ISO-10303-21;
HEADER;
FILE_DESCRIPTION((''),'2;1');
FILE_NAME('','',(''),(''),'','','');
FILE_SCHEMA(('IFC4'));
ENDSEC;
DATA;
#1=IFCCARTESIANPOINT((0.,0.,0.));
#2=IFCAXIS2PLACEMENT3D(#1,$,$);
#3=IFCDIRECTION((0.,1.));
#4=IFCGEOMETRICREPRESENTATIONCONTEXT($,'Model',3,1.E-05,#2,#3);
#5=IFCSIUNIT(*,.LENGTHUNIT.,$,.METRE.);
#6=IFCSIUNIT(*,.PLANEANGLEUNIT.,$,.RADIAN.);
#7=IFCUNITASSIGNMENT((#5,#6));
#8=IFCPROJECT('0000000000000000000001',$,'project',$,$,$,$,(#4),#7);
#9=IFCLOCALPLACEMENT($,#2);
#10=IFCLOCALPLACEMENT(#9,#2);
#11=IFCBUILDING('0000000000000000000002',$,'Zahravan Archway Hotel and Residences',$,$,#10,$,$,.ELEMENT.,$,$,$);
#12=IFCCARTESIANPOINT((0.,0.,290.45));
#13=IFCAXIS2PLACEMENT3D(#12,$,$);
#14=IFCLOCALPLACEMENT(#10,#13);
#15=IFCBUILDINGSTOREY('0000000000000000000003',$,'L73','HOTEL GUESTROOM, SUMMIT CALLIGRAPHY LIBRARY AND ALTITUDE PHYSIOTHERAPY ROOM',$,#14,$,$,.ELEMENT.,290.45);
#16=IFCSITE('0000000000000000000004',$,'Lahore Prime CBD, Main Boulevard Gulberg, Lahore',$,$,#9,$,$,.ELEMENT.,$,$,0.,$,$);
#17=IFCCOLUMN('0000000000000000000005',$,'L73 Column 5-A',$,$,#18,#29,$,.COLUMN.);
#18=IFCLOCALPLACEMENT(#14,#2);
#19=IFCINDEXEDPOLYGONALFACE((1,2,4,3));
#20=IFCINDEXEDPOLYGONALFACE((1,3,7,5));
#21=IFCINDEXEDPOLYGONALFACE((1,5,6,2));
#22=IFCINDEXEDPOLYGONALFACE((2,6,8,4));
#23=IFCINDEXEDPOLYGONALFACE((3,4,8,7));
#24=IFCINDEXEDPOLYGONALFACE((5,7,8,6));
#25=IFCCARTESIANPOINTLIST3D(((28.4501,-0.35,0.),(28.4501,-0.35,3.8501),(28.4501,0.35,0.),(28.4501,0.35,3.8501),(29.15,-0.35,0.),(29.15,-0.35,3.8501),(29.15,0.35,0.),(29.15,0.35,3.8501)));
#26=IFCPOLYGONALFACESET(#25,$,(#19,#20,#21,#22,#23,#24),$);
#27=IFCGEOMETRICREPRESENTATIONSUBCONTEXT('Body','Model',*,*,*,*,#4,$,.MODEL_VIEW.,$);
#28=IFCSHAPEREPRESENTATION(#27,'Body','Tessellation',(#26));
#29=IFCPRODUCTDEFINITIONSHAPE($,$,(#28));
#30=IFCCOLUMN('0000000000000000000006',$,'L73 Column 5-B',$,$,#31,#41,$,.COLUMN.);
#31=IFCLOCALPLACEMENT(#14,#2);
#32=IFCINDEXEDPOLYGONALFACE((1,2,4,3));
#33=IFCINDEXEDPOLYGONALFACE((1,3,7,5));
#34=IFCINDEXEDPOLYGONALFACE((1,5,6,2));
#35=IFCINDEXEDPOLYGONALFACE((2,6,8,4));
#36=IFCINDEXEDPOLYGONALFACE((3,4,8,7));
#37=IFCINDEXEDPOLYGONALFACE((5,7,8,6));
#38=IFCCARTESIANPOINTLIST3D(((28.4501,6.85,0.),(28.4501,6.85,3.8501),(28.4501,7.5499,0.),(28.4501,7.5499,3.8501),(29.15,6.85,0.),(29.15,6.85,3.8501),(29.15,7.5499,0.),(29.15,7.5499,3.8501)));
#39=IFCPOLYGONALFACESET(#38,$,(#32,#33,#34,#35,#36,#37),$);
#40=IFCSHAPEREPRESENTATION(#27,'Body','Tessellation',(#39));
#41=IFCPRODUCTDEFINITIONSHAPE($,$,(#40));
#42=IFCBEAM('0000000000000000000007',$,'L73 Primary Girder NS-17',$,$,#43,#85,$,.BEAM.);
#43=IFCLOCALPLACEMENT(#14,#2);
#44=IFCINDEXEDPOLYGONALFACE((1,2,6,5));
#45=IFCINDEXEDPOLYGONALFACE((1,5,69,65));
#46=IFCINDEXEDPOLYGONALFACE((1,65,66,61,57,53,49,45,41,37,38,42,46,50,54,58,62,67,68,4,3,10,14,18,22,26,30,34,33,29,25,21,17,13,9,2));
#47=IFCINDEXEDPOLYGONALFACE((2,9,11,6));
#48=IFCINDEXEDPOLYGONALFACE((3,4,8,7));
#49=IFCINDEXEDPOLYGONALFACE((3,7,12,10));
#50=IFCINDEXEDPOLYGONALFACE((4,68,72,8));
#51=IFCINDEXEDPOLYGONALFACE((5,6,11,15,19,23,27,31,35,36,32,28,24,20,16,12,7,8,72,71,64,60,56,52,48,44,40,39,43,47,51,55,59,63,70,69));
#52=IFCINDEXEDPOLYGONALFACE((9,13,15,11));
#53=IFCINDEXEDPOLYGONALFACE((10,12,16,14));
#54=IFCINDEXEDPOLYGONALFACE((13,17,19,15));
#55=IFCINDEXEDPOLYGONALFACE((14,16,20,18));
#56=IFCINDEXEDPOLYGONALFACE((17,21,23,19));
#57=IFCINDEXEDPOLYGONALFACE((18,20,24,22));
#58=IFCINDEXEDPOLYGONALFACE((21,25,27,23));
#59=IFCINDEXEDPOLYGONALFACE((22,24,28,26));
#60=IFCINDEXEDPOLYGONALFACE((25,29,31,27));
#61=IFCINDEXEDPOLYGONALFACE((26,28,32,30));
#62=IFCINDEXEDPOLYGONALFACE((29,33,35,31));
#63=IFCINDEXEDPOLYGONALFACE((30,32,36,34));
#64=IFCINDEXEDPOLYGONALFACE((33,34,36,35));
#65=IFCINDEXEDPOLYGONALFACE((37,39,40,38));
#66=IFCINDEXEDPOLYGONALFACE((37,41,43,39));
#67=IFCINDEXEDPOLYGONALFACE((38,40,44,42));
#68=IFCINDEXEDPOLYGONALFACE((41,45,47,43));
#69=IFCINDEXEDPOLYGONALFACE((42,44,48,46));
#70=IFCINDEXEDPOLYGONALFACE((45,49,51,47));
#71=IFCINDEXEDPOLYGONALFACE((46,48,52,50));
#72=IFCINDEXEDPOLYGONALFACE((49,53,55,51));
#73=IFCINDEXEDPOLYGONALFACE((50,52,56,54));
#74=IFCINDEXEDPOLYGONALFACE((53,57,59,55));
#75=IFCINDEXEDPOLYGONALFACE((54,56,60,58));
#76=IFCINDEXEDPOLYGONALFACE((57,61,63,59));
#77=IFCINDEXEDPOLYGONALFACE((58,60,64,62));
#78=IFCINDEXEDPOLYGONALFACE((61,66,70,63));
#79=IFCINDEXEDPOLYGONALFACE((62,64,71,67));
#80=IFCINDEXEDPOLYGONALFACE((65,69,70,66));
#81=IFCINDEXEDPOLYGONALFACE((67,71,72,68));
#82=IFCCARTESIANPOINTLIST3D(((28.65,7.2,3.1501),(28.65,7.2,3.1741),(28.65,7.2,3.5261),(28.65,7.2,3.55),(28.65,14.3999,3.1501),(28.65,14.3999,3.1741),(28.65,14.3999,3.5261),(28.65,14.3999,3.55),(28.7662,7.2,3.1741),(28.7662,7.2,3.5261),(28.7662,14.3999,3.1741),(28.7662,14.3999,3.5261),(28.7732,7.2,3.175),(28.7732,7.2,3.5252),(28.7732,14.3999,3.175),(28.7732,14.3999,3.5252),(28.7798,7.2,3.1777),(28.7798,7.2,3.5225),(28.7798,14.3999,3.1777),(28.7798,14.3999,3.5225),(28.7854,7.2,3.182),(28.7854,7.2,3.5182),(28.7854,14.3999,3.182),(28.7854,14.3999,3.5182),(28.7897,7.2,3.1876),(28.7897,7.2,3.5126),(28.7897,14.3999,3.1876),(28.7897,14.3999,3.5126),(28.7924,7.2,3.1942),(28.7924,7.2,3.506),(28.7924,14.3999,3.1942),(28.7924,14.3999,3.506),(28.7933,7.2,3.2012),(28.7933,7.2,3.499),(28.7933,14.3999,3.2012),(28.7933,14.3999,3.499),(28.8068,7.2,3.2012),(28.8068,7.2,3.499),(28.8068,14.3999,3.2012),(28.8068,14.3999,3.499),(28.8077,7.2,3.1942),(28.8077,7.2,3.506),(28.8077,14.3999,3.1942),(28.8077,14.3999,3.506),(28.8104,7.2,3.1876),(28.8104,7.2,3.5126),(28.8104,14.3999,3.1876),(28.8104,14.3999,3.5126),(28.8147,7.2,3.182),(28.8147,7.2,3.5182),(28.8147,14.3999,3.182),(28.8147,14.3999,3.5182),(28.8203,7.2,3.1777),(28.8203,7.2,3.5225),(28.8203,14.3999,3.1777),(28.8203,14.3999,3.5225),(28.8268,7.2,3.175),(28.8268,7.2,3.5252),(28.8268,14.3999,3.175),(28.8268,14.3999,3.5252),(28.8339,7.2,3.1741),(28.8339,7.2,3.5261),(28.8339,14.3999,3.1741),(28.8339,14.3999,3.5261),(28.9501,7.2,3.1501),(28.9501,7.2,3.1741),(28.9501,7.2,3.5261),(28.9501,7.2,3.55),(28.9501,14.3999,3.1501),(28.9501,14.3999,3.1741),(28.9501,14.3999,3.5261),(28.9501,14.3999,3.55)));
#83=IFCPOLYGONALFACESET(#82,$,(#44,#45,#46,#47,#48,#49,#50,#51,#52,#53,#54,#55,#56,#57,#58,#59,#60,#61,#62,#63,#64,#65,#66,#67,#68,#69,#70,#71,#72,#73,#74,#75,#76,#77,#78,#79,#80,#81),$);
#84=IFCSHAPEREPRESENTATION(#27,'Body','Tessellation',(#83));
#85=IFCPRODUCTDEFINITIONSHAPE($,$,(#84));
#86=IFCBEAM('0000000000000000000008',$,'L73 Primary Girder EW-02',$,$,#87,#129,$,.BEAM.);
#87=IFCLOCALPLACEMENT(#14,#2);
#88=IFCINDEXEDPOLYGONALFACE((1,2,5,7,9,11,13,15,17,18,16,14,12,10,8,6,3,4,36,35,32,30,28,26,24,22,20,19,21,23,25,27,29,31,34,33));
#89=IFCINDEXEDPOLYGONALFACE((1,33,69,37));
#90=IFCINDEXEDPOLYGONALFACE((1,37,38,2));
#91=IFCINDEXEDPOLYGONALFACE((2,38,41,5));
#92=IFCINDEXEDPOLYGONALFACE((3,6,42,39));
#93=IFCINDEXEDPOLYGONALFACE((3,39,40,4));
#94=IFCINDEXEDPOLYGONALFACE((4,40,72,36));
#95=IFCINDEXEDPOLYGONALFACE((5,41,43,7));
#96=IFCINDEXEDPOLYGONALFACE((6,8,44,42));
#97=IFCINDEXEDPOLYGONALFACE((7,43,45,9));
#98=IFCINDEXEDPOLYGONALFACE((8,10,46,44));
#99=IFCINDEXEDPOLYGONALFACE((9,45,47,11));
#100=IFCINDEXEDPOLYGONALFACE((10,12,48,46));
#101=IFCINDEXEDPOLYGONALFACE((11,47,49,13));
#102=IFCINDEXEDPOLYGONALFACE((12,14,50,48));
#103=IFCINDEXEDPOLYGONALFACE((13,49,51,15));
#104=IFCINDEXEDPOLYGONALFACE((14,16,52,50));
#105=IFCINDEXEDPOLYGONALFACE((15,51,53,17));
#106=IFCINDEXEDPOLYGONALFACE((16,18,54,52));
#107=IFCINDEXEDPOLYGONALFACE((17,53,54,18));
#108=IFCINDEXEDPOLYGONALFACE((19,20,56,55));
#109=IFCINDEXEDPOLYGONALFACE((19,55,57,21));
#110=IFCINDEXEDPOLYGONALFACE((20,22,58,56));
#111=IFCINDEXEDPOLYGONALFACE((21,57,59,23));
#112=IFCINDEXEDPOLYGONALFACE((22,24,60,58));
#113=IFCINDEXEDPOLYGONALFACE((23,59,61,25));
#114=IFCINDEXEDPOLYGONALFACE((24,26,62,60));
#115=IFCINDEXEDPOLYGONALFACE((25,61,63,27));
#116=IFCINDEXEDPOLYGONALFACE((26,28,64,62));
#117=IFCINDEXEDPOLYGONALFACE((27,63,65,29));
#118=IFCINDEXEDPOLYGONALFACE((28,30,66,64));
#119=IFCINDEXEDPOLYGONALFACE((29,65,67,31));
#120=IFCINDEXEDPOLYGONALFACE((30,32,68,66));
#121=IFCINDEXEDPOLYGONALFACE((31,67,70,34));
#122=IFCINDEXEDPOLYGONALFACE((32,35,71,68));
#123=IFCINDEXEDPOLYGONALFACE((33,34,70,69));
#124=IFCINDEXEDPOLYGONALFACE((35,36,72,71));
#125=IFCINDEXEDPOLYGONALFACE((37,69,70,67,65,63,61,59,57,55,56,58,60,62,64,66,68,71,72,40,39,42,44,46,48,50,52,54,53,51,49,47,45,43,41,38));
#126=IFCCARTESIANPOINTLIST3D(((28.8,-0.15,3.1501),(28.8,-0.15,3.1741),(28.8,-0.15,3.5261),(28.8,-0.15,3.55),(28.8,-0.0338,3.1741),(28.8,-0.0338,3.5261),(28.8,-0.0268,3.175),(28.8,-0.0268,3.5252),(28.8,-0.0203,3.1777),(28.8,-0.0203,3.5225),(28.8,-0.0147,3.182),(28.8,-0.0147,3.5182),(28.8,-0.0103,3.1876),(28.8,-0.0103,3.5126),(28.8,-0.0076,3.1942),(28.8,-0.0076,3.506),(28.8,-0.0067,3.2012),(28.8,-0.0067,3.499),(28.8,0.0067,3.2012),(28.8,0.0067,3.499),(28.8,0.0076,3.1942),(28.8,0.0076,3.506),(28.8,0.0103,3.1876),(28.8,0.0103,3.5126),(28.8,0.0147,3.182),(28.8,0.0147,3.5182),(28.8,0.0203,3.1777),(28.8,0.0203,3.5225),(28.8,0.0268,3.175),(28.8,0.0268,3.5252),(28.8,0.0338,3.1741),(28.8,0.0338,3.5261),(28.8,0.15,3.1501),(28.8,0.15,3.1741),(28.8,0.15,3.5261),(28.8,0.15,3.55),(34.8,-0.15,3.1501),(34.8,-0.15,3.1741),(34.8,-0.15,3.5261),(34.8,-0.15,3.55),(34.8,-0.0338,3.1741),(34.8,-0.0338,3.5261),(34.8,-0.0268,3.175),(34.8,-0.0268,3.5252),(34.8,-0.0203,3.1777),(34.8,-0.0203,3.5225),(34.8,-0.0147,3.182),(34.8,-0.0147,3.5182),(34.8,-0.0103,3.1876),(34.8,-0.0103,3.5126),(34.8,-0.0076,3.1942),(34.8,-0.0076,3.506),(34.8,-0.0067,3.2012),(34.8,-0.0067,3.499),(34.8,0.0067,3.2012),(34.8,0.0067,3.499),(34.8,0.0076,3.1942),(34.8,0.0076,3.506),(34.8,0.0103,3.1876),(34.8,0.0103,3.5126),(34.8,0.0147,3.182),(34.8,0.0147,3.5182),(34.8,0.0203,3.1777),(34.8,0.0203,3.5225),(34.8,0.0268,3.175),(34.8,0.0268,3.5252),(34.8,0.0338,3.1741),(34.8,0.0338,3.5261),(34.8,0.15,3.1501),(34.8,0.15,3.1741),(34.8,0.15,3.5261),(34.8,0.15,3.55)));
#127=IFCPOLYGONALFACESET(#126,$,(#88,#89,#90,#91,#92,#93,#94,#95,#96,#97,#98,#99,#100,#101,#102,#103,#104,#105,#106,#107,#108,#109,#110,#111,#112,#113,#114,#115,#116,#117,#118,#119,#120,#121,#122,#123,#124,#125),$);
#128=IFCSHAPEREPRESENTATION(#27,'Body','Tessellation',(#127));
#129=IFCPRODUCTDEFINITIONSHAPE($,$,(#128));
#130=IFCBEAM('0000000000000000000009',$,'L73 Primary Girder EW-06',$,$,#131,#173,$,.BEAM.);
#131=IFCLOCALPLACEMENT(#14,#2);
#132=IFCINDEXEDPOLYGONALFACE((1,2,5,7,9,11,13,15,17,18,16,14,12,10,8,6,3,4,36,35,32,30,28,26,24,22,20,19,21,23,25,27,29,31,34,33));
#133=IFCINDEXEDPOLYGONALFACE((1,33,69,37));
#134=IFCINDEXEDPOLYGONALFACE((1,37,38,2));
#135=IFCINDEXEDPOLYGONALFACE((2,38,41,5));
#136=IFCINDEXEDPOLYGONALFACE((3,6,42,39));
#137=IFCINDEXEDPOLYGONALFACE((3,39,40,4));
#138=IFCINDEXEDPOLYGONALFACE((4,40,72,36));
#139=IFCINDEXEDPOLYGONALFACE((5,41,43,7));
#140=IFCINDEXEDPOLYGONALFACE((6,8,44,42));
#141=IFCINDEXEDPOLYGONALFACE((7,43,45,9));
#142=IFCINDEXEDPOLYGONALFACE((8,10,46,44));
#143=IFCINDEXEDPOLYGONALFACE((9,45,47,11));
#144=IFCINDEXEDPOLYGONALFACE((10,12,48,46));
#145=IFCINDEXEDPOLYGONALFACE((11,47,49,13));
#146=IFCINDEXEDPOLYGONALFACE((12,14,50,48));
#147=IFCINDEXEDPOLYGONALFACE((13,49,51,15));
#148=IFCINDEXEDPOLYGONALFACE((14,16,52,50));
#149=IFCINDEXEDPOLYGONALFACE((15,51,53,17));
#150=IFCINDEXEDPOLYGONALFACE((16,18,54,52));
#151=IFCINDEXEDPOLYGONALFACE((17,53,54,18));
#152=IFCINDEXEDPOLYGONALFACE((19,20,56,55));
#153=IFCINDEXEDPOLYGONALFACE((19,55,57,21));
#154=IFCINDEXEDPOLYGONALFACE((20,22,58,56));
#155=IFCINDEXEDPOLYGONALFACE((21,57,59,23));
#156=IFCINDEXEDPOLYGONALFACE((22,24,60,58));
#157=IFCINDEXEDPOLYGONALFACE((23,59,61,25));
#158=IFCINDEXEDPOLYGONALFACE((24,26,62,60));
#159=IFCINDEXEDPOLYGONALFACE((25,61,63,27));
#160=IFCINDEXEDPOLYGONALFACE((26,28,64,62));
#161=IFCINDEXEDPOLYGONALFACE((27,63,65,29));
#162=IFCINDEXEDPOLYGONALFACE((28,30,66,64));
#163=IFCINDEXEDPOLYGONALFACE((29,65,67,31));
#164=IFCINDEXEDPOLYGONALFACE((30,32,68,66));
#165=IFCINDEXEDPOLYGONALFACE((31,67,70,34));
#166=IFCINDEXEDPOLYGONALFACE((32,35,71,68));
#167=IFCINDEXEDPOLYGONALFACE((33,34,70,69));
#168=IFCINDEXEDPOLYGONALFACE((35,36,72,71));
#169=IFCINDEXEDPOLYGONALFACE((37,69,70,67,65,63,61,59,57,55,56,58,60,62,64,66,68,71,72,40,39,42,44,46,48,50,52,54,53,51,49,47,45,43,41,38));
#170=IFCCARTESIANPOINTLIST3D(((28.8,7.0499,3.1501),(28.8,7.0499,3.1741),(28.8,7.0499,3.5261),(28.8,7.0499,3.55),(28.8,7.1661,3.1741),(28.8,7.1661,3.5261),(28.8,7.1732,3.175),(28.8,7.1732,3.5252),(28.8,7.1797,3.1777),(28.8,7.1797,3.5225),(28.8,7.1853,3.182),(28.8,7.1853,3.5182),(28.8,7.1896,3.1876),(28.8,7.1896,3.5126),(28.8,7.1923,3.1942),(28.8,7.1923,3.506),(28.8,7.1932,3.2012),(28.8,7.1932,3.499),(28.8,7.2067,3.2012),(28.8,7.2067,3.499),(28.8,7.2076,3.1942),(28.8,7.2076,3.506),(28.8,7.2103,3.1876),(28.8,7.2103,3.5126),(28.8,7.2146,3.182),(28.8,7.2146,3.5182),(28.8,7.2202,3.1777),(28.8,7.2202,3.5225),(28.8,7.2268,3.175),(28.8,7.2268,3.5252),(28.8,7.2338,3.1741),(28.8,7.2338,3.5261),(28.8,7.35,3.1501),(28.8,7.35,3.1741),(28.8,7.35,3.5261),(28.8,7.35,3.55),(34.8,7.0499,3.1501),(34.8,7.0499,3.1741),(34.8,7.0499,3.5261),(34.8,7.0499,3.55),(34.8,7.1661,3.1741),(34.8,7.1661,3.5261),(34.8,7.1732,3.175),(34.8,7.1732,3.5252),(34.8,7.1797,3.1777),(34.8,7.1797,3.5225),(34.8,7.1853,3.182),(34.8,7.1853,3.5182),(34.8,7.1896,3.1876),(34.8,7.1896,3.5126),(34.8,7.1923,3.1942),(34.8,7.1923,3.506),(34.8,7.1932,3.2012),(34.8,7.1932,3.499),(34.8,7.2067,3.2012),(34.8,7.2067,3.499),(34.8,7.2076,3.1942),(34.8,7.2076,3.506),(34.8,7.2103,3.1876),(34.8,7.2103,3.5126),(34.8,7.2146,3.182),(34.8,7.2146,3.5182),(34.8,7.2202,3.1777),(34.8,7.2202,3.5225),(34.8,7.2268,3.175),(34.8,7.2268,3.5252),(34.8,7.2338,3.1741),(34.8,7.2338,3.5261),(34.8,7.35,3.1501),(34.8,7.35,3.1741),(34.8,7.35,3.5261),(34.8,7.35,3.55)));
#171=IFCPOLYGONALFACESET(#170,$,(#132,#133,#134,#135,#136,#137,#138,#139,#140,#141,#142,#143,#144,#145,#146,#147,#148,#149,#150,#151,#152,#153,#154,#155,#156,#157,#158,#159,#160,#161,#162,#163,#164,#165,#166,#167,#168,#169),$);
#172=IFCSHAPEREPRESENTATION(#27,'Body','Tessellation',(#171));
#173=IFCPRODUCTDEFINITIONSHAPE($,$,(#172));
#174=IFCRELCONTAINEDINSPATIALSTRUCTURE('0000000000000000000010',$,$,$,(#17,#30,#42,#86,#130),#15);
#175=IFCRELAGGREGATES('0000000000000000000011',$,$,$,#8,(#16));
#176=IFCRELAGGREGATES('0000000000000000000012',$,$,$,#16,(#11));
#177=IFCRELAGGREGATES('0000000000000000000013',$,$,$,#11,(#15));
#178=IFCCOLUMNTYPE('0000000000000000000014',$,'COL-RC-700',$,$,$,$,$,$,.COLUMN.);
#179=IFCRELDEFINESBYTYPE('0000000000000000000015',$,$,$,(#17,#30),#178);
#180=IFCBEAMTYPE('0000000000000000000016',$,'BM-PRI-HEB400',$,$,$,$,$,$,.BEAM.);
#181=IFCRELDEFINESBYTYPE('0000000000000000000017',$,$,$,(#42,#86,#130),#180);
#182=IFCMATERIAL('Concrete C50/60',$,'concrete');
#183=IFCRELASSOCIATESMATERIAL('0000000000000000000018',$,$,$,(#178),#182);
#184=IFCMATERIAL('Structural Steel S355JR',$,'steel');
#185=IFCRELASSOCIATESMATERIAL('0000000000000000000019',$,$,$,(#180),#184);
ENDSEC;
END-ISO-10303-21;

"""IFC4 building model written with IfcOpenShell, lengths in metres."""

from ifc_helpers import new_model, si_unit, direction, frame, origin, origin_2d, place, context, subcontext, project, spatial, rectangle, i_section, extrude, source, transform, mapped, material, material_profile, profile_set, type_object, type_shapes, element, save


model = new_model("IFC4")

# Units and contexts
model_context = context("Model", 3, precision=1e-05, world=origin(), true_north=direction((0.0, 1.0)))
body_context = subcontext(model_context, "Body", "Model", "MODEL_VIEW")
ifc_project = project(units=[si_unit("LENGTHUNIT", "METRE"), si_unit("PLANEANGLEUNIT", "RADIAN")], contexts=[model_context])

# Site, building, storey
site_placement = place(None, origin())
site = spatial("IfcSite", under=ifc_project, at=site_placement, Name="Lahore Prime CBD, Main Boulevard Gulberg, Lahore", CompositionType="ELEMENT", RefElevation=0.0)
building_placement = place(site_placement, origin())
building = spatial("IfcBuilding", under=site, at=building_placement, Name="Zahravan Archway Hotel and Residences", CompositionType="ELEMENT")
storey_placement = place(building_placement, frame((0.0, 0.0, 290.45)))
storey = spatial("IfcBuildingStorey", under=building, at=storey_placement, Name="L73", Description="HOTEL GUESTROOM, SUMMIT CALLIGRAPHY LIBRARY AND ALTITUDE PHYSIOTHERAPY ROOM", CompositionType="ELEMENT", Elevation=290.45)

# Columns
ifc_material_1 = material(Name="Concrete C50/60", Category="concrete")
ifc_material_profile_1 = material_profile(ifc_material_1, rectangle(XDim=0.7, YDim=0.7, at=origin_2d()), Name="RC-COL-700x700", Category="concrete")
ifc_profile_set_1 = profile_set([ifc_material_profile_1], Name="Concrete C50/60")
column_type = type_object("IfcColumnType", Name="COL-RC-700", PredefinedType="COLUMN", material=ifc_profile_set_1)
shared_shape_1 = source(origin(), body_context, "Body", "SweptSolid", [
    extrude(rectangle(XDim=0.7, YDim=0.7, at=origin_2d()), origin(), (0.0, 0.0, 1.0), 3.8501),
])
for number, where, z_axis, x_axis, name in (
    (1, (28.8, 0.0, 0.0), (0.0, 0.0, 1.0), (1.0, 0.0, 0.0), "L73 Column 5-A"),
    (2, (28.8, 7.2, 0.0), (0.0, 0.0, 1.0), (1.0, 0.0, 0.0), "L73 Column 5-B"),
):
    element("IfcColumn", number, at=place(storey_placement, frame(where, z_axis=z_axis, x_axis=x_axis)), inside=storey, type_object=column_type, Name=name, PredefinedType="COLUMN", context=body_context, shape_type="MappedRepresentation", body=[
        mapped(shared_shape_1, transform((0.0, 0.0, 0.0), scale=1.0)),
    ])

# Beams
ifc_material_2 = material(Name="Structural Steel S355JR", Category="steel")
ifc_material_profile_2 = material_profile(ifc_material_2, i_section(OverallWidth=0.3, OverallDepth=0.3999, WebThickness=0.0134, FlangeThickness=0.0239, FilletRadius=0.0271, at=origin_2d()), Name="HEB 400", Category="steel")
ifc_profile_set_2 = profile_set([ifc_material_profile_2], Name="Structural Steel S355JR")
beam_type_1 = type_object("IfcBeamType", Name="BM-PRI-HEB400", PredefinedType="BEAM", material=ifc_profile_set_2)
shared_shape_2 = source(origin(), body_context, "Body", "SweptSolid", [
    extrude(i_section(OverallWidth=0.3, OverallDepth=0.3999, WebThickness=0.0134, FlangeThickness=0.0239, FilletRadius=0.0271, at=origin_2d()), origin(), (0.0, 0.0, 1.0), 7.2),
])
type_shapes(beam_type_1, [shared_shape_2])
beam_1_placement = place(storey_placement, frame((28.8, 7.2, 3.3501), z_axis=(0.0, 1.0, 0.0), x_axis=(-1.0, 0.0, 0.0)))
element("IfcBeam", 3, at=beam_1_placement, inside=storey, type_object=beam_type_1, Name="L73 Primary Girder NS-17", PredefinedType="BEAM", context=body_context, shape_type="MappedRepresentation", body=[
    mapped(shared_shape_2, transform((0.0, 0.0, 0.0), scale=1.0)),
])
shared_shape_3 = source(origin(), body_context, "Body", "SweptSolid", [
    extrude(i_section(OverallWidth=0.3, OverallDepth=0.3999, WebThickness=0.0134, FlangeThickness=0.0239, FilletRadius=0.0271, at=origin_2d()), origin(), (0.0, 0.0, 1.0), 6.0),
])
for number, where, z_axis, x_axis, name in (
    (4, (28.8, 0.0, 3.3501), (1.0, 0.0, 0.0), (0.0, 1.0, 0.0), "L73 Primary Girder EW-02"),
    (5, (28.8, 7.2, 3.3501), (1.0, 0.0, 0.0), (0.0, 1.0, 0.0), "L73 Primary Girder EW-06"),
):
    element("IfcBeam", number, at=place(storey_placement, frame(where, z_axis=z_axis, x_axis=x_axis)), inside=storey, type_object=beam_type_1, Name=name, PredefinedType="BEAM", context=body_context, shape_type="MappedRepresentation", body=[
        mapped(shared_shape_3, transform((0.0, 0.0, 0.0), scale=1.0)),
    ])

save(model, "model.ifc")
